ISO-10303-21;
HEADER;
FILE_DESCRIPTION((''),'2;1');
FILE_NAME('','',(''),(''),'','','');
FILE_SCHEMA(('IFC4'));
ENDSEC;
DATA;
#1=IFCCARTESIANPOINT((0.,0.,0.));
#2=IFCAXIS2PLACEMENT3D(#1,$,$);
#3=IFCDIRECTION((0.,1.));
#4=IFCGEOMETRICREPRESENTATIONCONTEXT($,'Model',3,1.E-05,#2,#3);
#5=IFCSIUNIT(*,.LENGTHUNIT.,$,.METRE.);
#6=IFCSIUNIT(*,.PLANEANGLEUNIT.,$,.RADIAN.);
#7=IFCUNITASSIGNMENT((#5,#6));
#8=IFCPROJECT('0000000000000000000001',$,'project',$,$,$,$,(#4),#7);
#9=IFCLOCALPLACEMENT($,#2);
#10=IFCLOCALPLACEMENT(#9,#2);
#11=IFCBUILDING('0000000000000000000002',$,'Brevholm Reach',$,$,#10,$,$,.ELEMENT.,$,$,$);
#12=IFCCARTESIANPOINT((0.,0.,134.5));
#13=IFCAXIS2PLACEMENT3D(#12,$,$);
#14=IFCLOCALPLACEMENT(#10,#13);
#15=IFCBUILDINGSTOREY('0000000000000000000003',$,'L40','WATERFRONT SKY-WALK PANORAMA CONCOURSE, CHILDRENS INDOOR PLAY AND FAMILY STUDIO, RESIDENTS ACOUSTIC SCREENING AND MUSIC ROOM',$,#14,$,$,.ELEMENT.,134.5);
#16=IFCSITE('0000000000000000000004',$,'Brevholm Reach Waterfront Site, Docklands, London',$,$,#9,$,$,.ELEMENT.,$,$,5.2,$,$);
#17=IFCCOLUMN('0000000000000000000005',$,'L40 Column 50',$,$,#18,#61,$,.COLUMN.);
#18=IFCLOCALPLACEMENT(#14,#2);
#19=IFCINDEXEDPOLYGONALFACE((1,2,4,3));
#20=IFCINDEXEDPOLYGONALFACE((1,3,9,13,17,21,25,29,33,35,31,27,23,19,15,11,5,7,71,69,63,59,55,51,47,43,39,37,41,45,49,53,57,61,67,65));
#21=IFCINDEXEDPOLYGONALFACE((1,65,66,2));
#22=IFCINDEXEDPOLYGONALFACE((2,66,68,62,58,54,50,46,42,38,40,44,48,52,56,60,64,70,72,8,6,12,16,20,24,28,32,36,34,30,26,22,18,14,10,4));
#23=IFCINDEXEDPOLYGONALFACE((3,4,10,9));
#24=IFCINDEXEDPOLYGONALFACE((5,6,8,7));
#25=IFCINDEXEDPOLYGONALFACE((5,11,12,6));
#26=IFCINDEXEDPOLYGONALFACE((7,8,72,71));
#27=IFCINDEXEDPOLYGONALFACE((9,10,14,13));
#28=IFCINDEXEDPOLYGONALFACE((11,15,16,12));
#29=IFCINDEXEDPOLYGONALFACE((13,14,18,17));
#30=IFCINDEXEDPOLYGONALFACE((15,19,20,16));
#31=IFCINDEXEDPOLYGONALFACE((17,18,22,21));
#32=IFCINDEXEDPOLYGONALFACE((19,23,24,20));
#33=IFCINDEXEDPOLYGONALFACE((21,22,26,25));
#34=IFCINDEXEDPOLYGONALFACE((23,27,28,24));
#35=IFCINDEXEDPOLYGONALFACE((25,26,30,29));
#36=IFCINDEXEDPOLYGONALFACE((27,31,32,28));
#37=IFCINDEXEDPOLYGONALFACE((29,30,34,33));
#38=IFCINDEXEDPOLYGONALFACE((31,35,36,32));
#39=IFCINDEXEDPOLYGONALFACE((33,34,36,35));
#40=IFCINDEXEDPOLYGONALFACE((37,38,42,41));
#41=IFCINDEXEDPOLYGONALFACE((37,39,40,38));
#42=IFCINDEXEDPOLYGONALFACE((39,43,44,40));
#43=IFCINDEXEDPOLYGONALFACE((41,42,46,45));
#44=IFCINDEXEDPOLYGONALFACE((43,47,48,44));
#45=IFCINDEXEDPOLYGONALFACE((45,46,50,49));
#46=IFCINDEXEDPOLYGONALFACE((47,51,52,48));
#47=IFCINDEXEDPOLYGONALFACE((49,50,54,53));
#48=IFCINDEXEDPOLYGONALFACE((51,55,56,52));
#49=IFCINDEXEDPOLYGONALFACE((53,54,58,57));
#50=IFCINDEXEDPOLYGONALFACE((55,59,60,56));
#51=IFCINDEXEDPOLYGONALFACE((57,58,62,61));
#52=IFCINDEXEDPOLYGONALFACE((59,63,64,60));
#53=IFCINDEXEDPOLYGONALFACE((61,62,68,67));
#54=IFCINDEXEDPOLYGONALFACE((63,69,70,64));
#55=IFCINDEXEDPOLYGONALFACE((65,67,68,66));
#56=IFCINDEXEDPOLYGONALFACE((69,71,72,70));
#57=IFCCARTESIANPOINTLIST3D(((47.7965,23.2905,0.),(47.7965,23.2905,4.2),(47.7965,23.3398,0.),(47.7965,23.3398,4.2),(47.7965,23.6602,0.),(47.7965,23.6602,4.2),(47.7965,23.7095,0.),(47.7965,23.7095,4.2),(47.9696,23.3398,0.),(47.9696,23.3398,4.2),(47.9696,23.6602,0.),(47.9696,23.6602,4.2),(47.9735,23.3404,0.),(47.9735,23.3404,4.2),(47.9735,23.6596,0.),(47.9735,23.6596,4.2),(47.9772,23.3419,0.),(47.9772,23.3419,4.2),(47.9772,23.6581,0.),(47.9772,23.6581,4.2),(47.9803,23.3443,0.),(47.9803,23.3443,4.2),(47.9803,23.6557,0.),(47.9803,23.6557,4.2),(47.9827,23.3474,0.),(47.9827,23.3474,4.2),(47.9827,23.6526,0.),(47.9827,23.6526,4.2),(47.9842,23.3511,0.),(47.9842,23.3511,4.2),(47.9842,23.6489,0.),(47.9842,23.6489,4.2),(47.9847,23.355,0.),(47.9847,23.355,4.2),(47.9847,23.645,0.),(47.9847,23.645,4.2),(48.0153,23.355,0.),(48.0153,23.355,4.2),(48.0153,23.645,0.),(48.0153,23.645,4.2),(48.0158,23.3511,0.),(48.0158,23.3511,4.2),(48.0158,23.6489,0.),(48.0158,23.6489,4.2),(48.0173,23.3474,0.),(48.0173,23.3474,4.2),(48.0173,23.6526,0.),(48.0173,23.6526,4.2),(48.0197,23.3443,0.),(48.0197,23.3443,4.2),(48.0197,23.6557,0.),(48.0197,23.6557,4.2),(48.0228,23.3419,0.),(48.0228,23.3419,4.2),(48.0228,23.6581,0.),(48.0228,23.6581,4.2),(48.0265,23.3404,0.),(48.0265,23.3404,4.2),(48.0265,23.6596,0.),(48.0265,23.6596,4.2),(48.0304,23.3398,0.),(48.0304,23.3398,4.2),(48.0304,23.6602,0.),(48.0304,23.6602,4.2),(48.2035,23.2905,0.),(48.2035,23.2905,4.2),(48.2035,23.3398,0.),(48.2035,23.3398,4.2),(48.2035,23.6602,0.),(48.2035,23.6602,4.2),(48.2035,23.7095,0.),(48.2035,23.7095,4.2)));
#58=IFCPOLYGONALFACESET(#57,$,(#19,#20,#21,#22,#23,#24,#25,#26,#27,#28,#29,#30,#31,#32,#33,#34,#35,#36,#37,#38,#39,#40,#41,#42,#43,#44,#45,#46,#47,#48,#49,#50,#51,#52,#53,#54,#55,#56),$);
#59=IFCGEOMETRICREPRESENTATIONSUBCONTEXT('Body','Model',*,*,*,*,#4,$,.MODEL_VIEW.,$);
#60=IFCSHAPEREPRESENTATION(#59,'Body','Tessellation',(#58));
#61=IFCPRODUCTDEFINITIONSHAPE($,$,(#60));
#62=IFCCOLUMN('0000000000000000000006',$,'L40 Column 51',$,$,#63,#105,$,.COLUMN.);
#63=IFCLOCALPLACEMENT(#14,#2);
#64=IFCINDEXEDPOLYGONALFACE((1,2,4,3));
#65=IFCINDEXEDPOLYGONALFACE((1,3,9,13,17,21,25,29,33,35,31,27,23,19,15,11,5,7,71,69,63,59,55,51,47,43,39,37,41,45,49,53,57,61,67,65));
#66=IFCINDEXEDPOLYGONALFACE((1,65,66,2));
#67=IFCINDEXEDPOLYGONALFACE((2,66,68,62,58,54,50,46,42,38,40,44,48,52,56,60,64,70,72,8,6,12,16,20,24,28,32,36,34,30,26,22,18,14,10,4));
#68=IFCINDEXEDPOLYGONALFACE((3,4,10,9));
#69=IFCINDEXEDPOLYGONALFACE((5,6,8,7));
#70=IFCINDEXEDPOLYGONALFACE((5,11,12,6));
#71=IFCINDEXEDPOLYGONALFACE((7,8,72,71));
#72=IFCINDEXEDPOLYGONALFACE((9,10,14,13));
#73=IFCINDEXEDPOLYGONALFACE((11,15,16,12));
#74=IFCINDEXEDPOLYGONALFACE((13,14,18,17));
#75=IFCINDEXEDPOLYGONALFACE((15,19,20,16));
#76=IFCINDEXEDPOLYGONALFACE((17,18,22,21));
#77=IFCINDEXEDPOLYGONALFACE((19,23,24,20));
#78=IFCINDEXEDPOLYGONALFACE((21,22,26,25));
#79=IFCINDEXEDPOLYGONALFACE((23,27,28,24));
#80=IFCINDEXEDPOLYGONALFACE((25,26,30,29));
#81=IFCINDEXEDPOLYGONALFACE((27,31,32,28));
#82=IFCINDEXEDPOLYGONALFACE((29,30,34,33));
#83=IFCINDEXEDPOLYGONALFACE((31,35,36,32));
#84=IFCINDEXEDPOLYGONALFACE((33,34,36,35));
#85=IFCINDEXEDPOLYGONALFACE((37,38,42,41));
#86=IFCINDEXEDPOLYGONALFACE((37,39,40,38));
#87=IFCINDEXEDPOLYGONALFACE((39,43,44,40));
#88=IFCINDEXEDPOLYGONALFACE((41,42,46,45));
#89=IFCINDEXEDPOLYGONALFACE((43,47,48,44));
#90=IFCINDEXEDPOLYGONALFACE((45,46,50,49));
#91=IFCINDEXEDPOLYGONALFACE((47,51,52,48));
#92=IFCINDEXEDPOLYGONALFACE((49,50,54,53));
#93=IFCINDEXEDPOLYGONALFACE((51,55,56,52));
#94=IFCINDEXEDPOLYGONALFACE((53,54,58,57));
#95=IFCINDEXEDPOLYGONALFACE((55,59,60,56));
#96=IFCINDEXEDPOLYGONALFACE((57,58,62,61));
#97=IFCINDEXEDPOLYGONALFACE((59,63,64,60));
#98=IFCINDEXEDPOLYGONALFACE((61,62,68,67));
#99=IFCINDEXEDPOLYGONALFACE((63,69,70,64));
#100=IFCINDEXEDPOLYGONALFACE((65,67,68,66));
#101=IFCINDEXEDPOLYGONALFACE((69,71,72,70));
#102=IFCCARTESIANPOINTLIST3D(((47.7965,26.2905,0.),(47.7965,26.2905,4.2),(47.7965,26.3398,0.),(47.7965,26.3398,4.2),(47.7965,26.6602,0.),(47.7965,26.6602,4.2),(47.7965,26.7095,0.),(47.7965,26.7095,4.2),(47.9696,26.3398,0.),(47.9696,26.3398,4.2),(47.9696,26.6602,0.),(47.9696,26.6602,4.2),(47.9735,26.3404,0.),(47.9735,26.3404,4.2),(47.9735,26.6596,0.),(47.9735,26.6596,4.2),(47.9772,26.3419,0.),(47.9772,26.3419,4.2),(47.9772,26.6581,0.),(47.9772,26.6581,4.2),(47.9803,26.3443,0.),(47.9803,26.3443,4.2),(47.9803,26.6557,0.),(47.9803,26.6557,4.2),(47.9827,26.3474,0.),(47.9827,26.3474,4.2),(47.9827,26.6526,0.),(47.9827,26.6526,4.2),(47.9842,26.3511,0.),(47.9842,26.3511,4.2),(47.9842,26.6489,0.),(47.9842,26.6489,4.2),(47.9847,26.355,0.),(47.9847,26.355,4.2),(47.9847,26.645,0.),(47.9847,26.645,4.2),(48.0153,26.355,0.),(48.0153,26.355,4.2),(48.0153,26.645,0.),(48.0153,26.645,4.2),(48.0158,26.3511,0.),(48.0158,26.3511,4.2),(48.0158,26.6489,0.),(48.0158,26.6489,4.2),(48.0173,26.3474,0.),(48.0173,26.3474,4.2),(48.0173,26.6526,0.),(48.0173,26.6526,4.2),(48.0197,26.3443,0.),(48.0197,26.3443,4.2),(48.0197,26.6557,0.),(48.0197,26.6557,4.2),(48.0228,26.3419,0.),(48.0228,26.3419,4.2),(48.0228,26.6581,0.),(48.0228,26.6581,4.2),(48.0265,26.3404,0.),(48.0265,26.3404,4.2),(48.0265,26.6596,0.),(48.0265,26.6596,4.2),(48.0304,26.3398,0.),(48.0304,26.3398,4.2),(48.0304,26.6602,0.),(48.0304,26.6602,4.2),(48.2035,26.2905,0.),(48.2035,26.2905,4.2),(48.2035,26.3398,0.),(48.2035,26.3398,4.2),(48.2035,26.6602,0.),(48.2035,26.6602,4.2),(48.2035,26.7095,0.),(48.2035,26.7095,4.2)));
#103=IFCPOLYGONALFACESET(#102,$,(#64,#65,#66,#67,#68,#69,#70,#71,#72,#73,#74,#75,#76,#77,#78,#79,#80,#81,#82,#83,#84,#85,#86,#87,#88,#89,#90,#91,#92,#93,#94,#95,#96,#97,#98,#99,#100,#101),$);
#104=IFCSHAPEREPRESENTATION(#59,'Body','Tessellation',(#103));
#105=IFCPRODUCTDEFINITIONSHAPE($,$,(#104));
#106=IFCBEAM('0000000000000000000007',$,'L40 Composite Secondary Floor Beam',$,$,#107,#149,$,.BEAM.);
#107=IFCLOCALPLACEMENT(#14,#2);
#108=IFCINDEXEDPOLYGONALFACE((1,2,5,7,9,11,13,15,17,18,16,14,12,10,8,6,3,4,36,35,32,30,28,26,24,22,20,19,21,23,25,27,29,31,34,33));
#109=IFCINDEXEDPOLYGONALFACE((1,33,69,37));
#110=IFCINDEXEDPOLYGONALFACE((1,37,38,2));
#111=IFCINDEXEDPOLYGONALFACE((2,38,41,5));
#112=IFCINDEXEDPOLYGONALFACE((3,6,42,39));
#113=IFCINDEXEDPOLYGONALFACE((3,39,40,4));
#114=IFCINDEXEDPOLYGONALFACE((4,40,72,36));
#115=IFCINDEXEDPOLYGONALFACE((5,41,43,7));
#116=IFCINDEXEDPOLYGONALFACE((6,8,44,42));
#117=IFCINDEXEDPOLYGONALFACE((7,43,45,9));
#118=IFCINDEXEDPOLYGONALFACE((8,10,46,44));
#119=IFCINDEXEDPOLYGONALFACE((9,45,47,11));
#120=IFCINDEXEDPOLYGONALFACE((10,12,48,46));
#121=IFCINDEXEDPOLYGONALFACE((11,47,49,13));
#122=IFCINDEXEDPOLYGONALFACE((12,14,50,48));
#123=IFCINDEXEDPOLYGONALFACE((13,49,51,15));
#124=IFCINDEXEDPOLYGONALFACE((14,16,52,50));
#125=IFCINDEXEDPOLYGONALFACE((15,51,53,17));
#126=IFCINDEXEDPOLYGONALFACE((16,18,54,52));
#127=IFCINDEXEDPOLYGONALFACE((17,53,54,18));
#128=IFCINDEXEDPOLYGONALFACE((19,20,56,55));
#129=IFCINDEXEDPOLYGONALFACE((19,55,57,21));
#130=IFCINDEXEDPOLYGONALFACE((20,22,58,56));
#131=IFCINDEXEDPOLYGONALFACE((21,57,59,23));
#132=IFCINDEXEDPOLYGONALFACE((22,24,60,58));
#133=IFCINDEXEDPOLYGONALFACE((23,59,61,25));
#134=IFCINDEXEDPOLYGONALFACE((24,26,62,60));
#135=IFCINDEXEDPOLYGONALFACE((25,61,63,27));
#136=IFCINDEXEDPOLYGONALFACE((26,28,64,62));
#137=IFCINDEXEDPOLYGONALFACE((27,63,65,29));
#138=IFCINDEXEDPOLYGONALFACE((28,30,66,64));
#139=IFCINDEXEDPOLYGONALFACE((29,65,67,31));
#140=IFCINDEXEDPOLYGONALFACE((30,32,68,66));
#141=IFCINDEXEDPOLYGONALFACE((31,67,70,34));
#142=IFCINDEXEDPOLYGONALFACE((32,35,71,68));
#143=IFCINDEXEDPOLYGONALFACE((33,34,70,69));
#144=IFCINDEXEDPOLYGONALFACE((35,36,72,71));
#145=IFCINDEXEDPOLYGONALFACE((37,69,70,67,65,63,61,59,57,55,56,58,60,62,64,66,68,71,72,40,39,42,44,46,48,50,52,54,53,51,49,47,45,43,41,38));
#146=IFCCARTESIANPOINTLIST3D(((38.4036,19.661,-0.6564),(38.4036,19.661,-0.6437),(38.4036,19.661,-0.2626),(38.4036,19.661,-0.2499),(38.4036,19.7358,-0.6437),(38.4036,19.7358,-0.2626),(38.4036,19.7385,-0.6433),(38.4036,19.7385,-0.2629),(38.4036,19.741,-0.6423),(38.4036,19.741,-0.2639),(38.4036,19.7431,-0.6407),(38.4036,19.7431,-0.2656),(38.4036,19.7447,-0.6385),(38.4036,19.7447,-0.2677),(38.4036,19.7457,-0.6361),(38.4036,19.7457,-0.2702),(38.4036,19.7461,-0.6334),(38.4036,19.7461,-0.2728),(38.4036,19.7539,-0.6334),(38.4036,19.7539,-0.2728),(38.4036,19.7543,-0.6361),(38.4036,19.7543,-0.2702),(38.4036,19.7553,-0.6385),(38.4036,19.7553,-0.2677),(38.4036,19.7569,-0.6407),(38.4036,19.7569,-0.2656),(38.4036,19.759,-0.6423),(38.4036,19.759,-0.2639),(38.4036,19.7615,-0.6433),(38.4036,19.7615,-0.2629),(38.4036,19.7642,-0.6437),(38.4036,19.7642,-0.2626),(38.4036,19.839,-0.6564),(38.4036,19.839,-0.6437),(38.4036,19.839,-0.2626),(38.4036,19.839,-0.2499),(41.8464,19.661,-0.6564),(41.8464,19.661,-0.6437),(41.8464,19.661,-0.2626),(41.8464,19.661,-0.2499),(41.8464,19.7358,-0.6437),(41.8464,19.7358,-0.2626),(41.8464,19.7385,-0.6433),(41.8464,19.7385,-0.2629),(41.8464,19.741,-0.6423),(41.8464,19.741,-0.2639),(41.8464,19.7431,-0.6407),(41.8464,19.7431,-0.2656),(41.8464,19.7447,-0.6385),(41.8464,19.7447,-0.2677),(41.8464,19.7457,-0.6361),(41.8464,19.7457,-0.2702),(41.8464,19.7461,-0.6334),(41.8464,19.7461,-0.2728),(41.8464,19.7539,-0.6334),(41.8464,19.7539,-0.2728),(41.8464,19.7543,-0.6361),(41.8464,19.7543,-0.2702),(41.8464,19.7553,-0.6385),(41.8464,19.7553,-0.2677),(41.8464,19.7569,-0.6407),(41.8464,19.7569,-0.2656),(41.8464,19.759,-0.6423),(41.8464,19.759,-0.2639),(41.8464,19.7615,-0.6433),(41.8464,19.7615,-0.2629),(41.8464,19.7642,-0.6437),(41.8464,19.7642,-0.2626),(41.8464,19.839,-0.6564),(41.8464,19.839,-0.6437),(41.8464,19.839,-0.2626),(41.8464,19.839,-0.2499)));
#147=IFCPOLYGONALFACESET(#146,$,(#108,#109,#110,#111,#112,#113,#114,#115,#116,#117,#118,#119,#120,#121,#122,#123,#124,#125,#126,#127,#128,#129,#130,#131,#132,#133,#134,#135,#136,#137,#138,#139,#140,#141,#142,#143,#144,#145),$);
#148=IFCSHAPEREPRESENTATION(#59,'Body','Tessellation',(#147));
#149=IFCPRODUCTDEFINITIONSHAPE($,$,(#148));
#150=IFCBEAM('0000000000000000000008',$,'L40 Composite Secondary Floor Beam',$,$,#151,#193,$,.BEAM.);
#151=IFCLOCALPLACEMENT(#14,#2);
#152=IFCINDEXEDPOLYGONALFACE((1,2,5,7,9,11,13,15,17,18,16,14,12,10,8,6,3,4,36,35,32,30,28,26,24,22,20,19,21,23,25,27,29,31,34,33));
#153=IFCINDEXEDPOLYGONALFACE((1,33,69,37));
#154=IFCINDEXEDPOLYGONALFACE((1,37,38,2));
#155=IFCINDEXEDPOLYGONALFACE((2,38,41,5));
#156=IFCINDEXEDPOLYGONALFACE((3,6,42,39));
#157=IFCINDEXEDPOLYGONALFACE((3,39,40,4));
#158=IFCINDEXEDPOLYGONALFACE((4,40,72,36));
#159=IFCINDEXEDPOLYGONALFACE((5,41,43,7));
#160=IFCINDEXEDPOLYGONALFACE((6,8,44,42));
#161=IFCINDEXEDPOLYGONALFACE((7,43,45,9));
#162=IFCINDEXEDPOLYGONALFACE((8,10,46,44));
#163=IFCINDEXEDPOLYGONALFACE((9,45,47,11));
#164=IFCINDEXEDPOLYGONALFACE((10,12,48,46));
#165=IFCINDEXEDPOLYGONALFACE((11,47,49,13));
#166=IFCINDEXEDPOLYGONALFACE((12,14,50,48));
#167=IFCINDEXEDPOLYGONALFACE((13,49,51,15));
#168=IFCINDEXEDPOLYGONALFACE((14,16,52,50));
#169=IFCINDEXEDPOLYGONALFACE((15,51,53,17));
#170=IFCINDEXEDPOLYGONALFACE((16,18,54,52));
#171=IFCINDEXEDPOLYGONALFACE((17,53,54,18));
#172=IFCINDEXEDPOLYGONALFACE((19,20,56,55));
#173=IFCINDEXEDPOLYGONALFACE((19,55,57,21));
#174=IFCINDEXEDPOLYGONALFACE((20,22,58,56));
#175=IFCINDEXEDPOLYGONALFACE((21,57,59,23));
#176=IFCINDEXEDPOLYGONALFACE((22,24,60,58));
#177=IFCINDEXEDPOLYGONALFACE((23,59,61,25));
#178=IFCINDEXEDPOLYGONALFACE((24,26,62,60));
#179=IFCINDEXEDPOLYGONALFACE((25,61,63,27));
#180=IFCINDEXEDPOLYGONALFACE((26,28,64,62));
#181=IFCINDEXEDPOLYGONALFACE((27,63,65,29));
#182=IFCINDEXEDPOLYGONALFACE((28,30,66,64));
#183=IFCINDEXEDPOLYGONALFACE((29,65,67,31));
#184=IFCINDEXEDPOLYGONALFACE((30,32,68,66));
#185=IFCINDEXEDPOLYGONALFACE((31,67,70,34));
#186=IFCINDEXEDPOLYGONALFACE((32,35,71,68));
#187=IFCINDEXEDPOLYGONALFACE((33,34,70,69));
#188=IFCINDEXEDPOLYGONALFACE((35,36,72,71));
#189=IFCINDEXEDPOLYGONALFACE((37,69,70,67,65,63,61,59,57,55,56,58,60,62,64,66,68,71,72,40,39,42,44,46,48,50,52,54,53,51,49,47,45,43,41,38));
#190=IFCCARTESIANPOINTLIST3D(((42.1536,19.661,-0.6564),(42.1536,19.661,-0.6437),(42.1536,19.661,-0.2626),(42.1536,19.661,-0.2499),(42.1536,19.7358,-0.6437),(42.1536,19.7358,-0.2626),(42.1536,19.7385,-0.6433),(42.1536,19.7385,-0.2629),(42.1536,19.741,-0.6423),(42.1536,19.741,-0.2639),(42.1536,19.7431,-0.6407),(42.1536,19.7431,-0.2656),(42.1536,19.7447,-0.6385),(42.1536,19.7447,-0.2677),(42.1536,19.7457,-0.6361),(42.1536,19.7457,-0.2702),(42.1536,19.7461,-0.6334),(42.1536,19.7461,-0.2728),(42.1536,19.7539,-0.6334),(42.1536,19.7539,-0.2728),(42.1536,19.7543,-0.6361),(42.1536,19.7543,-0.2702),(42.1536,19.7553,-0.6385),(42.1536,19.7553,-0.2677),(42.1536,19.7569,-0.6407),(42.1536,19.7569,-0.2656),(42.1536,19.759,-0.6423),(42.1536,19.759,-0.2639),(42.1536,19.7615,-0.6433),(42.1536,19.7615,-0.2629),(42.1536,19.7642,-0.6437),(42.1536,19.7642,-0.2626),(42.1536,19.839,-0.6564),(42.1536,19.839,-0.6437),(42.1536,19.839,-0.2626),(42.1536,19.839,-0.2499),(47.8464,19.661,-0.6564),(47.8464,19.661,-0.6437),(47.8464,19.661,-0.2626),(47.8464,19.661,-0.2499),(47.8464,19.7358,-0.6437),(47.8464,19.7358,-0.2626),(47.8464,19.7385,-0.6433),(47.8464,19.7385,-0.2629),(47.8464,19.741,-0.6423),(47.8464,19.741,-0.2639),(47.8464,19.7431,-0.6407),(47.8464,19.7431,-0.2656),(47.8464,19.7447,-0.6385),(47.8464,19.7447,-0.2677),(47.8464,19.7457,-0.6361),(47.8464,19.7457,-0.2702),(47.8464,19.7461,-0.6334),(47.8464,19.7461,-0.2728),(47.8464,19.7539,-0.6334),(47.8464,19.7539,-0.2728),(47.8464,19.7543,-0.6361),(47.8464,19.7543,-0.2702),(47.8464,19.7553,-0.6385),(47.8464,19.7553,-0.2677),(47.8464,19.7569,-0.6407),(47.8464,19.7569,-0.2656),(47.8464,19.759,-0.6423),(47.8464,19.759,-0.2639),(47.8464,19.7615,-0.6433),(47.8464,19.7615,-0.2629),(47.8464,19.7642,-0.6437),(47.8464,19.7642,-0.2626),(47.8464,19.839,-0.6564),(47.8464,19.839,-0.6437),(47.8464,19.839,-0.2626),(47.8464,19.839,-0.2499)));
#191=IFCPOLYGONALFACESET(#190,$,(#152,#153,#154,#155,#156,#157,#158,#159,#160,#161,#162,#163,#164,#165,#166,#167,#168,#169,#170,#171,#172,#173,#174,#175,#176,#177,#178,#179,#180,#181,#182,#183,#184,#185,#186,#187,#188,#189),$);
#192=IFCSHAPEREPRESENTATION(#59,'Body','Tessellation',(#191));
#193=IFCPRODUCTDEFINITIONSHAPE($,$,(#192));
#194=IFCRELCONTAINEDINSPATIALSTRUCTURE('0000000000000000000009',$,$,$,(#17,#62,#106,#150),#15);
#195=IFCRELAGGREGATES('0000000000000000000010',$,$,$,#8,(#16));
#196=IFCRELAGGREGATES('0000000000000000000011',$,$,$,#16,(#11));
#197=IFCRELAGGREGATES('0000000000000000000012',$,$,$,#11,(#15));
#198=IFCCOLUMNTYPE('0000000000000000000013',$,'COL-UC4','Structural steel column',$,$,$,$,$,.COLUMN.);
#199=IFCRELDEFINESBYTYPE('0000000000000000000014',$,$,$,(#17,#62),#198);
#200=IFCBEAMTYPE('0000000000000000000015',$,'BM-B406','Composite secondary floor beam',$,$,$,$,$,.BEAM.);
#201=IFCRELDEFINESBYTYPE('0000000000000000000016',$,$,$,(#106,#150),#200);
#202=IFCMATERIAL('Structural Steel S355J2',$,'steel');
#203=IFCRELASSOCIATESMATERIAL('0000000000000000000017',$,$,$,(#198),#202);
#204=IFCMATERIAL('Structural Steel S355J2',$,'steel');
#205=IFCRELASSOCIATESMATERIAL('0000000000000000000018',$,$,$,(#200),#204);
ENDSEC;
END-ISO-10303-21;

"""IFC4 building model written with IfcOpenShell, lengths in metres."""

from ifc_helpers import new_model, si_unit, direction, frame, origin, origin_2d, place, context, subcontext, project, spatial, i_section, extrude, material, material_profile, profile_set, type_object, element, save


model = new_model("IFC4")

# Units and contexts
model_context = context("Model", 3, precision=1e-05, world=origin(), true_north=direction((0.0, 1.0)))
body_context = subcontext(model_context, "Body", "Model", "MODEL_VIEW")
ifc_project = project(units=[si_unit("LENGTHUNIT", "METRE"), si_unit("PLANEANGLEUNIT", "RADIAN")], contexts=[model_context])

# Site, building, storey
site_placement = place(None, origin())
site = spatial("IfcSite", under=ifc_project, at=site_placement, Name="Brevholm Reach Waterfront Site, Docklands, London", CompositionType="ELEMENT", RefElevation=5.2)
building_placement = place(site_placement, origin())
building = spatial("IfcBuilding", under=site, at=building_placement, Name="Brevholm Reach", CompositionType="ELEMENT")
storey_placement = place(building_placement, frame((0.0, 0.0, 134.5)))
storey = spatial("IfcBuildingStorey", under=building, at=storey_placement, Name="L40", Description="WATERFRONT SKY-WALK PANORAMA CONCOURSE, CHILDRENS INDOOR PLAY AND FAMILY STUDIO, RESIDENTS ACOUSTIC SCREENING AND MUSIC ROOM", CompositionType="ELEMENT", Elevation=134.5)

# Columns
ifc_material_1 = material(Name="Structural Steel S355J2", Category="steel")
ifc_material_profile_1 = material_profile(ifc_material_1, i_section(OverallWidth=0.407, OverallDepth=0.4189, WebThickness=0.0305, FlangeThickness=0.0493, FilletRadius=0.0151, at=origin_2d()), Name="UKC 356x406x393")
ifc_profile_set_1 = profile_set([ifc_material_profile_1], Name="Structural Steel S355J2")
column_type_1 = type_object("IfcColumnType", Name="COL-UC4", Description="Structural steel column", PredefinedType="COLUMN", material=ifc_profile_set_1)
for number, where, z_axis, x_axis, name in (
    (1, (48.0, 23.5, 0.0), (0.0, 0.0, 1.0), (1.0, 0.0, 0.0), "L40 Column 50"),
    (2, (48.0, 26.5, 0.0), (0.0, 0.0, 1.0), (1.0, 0.0, 0.0), "L40 Column 51"),
):
    element("IfcColumn", number, at=place(storey_placement, frame(where, z_axis=z_axis, x_axis=x_axis)), inside=storey, type_object=column_type_1, Name=name, PredefinedType="COLUMN", context=body_context, shape_type="SweptSolid", body=[
        extrude(i_section(OverallWidth=0.407, OverallDepth=0.4189, WebThickness=0.0305, FlangeThickness=0.0493, FilletRadius=0.0151, at=origin_2d()), origin(), (0.0, 0.0, 1.0), 4.2),
    ])

# Beams
ifc_material_2 = material(Name="Structural Steel S355J2", Category="steel")
ifc_material_profile_2 = material_profile(ifc_material_2, i_section(OverallWidth=0.178, OverallDepth=0.4065, WebThickness=0.0078, FlangeThickness=0.0127, FilletRadius=0.0103, at=origin_2d()), Name="UKB 406x178x60")
ifc_profile_set_2 = profile_set([ifc_material_profile_2], Name="Structural Steel S355J2")
beam_type_1 = type_object("IfcBeamType", Name="BM-B406", Description="Composite secondary floor beam", PredefinedType="BEAM", material=ifc_profile_set_2)
beam_1_placement = place(storey_placement, frame((38.4036, 19.75, -0.4531), z_axis=(1.0, 0.0, 0.0), x_axis=(0.0, 1.0, 0.0)))
element("IfcBeam", 3, at=beam_1_placement, inside=storey, type_object=beam_type_1, Name="L40 Composite Secondary Floor Beam", PredefinedType="BEAM", context=body_context, shape_type="SweptSolid", body=[
    extrude(i_section(OverallWidth=0.178, OverallDepth=0.4065, WebThickness=0.0078, FlangeThickness=0.0127, FilletRadius=0.0103, at=origin_2d()), origin(), (0.0, 0.0, 1.0), 3.4429),
])
for number, where, z_axis, x_axis, name in (
    (4, (42.1536, 19.75, -0.4531), (1.0, 0.0, 0.0), (0.0, 1.0, 0.0), "L40 Composite Secondary Floor Beam"),
):
    element("IfcBeam", number, at=place(storey_placement, frame(where, z_axis=z_axis, x_axis=x_axis)), inside=storey, type_object=beam_type_1, Name=name, PredefinedType="BEAM", context=body_context, shape_type="SweptSolid", body=[
        extrude(i_section(OverallWidth=0.178, OverallDepth=0.4065, WebThickness=0.0078, FlangeThickness=0.0127, FilletRadius=0.0103, at=origin_2d()), origin(), (0.0, 0.0, 1.0), 5.6929),
    ])

save(model, "model.ifc")
